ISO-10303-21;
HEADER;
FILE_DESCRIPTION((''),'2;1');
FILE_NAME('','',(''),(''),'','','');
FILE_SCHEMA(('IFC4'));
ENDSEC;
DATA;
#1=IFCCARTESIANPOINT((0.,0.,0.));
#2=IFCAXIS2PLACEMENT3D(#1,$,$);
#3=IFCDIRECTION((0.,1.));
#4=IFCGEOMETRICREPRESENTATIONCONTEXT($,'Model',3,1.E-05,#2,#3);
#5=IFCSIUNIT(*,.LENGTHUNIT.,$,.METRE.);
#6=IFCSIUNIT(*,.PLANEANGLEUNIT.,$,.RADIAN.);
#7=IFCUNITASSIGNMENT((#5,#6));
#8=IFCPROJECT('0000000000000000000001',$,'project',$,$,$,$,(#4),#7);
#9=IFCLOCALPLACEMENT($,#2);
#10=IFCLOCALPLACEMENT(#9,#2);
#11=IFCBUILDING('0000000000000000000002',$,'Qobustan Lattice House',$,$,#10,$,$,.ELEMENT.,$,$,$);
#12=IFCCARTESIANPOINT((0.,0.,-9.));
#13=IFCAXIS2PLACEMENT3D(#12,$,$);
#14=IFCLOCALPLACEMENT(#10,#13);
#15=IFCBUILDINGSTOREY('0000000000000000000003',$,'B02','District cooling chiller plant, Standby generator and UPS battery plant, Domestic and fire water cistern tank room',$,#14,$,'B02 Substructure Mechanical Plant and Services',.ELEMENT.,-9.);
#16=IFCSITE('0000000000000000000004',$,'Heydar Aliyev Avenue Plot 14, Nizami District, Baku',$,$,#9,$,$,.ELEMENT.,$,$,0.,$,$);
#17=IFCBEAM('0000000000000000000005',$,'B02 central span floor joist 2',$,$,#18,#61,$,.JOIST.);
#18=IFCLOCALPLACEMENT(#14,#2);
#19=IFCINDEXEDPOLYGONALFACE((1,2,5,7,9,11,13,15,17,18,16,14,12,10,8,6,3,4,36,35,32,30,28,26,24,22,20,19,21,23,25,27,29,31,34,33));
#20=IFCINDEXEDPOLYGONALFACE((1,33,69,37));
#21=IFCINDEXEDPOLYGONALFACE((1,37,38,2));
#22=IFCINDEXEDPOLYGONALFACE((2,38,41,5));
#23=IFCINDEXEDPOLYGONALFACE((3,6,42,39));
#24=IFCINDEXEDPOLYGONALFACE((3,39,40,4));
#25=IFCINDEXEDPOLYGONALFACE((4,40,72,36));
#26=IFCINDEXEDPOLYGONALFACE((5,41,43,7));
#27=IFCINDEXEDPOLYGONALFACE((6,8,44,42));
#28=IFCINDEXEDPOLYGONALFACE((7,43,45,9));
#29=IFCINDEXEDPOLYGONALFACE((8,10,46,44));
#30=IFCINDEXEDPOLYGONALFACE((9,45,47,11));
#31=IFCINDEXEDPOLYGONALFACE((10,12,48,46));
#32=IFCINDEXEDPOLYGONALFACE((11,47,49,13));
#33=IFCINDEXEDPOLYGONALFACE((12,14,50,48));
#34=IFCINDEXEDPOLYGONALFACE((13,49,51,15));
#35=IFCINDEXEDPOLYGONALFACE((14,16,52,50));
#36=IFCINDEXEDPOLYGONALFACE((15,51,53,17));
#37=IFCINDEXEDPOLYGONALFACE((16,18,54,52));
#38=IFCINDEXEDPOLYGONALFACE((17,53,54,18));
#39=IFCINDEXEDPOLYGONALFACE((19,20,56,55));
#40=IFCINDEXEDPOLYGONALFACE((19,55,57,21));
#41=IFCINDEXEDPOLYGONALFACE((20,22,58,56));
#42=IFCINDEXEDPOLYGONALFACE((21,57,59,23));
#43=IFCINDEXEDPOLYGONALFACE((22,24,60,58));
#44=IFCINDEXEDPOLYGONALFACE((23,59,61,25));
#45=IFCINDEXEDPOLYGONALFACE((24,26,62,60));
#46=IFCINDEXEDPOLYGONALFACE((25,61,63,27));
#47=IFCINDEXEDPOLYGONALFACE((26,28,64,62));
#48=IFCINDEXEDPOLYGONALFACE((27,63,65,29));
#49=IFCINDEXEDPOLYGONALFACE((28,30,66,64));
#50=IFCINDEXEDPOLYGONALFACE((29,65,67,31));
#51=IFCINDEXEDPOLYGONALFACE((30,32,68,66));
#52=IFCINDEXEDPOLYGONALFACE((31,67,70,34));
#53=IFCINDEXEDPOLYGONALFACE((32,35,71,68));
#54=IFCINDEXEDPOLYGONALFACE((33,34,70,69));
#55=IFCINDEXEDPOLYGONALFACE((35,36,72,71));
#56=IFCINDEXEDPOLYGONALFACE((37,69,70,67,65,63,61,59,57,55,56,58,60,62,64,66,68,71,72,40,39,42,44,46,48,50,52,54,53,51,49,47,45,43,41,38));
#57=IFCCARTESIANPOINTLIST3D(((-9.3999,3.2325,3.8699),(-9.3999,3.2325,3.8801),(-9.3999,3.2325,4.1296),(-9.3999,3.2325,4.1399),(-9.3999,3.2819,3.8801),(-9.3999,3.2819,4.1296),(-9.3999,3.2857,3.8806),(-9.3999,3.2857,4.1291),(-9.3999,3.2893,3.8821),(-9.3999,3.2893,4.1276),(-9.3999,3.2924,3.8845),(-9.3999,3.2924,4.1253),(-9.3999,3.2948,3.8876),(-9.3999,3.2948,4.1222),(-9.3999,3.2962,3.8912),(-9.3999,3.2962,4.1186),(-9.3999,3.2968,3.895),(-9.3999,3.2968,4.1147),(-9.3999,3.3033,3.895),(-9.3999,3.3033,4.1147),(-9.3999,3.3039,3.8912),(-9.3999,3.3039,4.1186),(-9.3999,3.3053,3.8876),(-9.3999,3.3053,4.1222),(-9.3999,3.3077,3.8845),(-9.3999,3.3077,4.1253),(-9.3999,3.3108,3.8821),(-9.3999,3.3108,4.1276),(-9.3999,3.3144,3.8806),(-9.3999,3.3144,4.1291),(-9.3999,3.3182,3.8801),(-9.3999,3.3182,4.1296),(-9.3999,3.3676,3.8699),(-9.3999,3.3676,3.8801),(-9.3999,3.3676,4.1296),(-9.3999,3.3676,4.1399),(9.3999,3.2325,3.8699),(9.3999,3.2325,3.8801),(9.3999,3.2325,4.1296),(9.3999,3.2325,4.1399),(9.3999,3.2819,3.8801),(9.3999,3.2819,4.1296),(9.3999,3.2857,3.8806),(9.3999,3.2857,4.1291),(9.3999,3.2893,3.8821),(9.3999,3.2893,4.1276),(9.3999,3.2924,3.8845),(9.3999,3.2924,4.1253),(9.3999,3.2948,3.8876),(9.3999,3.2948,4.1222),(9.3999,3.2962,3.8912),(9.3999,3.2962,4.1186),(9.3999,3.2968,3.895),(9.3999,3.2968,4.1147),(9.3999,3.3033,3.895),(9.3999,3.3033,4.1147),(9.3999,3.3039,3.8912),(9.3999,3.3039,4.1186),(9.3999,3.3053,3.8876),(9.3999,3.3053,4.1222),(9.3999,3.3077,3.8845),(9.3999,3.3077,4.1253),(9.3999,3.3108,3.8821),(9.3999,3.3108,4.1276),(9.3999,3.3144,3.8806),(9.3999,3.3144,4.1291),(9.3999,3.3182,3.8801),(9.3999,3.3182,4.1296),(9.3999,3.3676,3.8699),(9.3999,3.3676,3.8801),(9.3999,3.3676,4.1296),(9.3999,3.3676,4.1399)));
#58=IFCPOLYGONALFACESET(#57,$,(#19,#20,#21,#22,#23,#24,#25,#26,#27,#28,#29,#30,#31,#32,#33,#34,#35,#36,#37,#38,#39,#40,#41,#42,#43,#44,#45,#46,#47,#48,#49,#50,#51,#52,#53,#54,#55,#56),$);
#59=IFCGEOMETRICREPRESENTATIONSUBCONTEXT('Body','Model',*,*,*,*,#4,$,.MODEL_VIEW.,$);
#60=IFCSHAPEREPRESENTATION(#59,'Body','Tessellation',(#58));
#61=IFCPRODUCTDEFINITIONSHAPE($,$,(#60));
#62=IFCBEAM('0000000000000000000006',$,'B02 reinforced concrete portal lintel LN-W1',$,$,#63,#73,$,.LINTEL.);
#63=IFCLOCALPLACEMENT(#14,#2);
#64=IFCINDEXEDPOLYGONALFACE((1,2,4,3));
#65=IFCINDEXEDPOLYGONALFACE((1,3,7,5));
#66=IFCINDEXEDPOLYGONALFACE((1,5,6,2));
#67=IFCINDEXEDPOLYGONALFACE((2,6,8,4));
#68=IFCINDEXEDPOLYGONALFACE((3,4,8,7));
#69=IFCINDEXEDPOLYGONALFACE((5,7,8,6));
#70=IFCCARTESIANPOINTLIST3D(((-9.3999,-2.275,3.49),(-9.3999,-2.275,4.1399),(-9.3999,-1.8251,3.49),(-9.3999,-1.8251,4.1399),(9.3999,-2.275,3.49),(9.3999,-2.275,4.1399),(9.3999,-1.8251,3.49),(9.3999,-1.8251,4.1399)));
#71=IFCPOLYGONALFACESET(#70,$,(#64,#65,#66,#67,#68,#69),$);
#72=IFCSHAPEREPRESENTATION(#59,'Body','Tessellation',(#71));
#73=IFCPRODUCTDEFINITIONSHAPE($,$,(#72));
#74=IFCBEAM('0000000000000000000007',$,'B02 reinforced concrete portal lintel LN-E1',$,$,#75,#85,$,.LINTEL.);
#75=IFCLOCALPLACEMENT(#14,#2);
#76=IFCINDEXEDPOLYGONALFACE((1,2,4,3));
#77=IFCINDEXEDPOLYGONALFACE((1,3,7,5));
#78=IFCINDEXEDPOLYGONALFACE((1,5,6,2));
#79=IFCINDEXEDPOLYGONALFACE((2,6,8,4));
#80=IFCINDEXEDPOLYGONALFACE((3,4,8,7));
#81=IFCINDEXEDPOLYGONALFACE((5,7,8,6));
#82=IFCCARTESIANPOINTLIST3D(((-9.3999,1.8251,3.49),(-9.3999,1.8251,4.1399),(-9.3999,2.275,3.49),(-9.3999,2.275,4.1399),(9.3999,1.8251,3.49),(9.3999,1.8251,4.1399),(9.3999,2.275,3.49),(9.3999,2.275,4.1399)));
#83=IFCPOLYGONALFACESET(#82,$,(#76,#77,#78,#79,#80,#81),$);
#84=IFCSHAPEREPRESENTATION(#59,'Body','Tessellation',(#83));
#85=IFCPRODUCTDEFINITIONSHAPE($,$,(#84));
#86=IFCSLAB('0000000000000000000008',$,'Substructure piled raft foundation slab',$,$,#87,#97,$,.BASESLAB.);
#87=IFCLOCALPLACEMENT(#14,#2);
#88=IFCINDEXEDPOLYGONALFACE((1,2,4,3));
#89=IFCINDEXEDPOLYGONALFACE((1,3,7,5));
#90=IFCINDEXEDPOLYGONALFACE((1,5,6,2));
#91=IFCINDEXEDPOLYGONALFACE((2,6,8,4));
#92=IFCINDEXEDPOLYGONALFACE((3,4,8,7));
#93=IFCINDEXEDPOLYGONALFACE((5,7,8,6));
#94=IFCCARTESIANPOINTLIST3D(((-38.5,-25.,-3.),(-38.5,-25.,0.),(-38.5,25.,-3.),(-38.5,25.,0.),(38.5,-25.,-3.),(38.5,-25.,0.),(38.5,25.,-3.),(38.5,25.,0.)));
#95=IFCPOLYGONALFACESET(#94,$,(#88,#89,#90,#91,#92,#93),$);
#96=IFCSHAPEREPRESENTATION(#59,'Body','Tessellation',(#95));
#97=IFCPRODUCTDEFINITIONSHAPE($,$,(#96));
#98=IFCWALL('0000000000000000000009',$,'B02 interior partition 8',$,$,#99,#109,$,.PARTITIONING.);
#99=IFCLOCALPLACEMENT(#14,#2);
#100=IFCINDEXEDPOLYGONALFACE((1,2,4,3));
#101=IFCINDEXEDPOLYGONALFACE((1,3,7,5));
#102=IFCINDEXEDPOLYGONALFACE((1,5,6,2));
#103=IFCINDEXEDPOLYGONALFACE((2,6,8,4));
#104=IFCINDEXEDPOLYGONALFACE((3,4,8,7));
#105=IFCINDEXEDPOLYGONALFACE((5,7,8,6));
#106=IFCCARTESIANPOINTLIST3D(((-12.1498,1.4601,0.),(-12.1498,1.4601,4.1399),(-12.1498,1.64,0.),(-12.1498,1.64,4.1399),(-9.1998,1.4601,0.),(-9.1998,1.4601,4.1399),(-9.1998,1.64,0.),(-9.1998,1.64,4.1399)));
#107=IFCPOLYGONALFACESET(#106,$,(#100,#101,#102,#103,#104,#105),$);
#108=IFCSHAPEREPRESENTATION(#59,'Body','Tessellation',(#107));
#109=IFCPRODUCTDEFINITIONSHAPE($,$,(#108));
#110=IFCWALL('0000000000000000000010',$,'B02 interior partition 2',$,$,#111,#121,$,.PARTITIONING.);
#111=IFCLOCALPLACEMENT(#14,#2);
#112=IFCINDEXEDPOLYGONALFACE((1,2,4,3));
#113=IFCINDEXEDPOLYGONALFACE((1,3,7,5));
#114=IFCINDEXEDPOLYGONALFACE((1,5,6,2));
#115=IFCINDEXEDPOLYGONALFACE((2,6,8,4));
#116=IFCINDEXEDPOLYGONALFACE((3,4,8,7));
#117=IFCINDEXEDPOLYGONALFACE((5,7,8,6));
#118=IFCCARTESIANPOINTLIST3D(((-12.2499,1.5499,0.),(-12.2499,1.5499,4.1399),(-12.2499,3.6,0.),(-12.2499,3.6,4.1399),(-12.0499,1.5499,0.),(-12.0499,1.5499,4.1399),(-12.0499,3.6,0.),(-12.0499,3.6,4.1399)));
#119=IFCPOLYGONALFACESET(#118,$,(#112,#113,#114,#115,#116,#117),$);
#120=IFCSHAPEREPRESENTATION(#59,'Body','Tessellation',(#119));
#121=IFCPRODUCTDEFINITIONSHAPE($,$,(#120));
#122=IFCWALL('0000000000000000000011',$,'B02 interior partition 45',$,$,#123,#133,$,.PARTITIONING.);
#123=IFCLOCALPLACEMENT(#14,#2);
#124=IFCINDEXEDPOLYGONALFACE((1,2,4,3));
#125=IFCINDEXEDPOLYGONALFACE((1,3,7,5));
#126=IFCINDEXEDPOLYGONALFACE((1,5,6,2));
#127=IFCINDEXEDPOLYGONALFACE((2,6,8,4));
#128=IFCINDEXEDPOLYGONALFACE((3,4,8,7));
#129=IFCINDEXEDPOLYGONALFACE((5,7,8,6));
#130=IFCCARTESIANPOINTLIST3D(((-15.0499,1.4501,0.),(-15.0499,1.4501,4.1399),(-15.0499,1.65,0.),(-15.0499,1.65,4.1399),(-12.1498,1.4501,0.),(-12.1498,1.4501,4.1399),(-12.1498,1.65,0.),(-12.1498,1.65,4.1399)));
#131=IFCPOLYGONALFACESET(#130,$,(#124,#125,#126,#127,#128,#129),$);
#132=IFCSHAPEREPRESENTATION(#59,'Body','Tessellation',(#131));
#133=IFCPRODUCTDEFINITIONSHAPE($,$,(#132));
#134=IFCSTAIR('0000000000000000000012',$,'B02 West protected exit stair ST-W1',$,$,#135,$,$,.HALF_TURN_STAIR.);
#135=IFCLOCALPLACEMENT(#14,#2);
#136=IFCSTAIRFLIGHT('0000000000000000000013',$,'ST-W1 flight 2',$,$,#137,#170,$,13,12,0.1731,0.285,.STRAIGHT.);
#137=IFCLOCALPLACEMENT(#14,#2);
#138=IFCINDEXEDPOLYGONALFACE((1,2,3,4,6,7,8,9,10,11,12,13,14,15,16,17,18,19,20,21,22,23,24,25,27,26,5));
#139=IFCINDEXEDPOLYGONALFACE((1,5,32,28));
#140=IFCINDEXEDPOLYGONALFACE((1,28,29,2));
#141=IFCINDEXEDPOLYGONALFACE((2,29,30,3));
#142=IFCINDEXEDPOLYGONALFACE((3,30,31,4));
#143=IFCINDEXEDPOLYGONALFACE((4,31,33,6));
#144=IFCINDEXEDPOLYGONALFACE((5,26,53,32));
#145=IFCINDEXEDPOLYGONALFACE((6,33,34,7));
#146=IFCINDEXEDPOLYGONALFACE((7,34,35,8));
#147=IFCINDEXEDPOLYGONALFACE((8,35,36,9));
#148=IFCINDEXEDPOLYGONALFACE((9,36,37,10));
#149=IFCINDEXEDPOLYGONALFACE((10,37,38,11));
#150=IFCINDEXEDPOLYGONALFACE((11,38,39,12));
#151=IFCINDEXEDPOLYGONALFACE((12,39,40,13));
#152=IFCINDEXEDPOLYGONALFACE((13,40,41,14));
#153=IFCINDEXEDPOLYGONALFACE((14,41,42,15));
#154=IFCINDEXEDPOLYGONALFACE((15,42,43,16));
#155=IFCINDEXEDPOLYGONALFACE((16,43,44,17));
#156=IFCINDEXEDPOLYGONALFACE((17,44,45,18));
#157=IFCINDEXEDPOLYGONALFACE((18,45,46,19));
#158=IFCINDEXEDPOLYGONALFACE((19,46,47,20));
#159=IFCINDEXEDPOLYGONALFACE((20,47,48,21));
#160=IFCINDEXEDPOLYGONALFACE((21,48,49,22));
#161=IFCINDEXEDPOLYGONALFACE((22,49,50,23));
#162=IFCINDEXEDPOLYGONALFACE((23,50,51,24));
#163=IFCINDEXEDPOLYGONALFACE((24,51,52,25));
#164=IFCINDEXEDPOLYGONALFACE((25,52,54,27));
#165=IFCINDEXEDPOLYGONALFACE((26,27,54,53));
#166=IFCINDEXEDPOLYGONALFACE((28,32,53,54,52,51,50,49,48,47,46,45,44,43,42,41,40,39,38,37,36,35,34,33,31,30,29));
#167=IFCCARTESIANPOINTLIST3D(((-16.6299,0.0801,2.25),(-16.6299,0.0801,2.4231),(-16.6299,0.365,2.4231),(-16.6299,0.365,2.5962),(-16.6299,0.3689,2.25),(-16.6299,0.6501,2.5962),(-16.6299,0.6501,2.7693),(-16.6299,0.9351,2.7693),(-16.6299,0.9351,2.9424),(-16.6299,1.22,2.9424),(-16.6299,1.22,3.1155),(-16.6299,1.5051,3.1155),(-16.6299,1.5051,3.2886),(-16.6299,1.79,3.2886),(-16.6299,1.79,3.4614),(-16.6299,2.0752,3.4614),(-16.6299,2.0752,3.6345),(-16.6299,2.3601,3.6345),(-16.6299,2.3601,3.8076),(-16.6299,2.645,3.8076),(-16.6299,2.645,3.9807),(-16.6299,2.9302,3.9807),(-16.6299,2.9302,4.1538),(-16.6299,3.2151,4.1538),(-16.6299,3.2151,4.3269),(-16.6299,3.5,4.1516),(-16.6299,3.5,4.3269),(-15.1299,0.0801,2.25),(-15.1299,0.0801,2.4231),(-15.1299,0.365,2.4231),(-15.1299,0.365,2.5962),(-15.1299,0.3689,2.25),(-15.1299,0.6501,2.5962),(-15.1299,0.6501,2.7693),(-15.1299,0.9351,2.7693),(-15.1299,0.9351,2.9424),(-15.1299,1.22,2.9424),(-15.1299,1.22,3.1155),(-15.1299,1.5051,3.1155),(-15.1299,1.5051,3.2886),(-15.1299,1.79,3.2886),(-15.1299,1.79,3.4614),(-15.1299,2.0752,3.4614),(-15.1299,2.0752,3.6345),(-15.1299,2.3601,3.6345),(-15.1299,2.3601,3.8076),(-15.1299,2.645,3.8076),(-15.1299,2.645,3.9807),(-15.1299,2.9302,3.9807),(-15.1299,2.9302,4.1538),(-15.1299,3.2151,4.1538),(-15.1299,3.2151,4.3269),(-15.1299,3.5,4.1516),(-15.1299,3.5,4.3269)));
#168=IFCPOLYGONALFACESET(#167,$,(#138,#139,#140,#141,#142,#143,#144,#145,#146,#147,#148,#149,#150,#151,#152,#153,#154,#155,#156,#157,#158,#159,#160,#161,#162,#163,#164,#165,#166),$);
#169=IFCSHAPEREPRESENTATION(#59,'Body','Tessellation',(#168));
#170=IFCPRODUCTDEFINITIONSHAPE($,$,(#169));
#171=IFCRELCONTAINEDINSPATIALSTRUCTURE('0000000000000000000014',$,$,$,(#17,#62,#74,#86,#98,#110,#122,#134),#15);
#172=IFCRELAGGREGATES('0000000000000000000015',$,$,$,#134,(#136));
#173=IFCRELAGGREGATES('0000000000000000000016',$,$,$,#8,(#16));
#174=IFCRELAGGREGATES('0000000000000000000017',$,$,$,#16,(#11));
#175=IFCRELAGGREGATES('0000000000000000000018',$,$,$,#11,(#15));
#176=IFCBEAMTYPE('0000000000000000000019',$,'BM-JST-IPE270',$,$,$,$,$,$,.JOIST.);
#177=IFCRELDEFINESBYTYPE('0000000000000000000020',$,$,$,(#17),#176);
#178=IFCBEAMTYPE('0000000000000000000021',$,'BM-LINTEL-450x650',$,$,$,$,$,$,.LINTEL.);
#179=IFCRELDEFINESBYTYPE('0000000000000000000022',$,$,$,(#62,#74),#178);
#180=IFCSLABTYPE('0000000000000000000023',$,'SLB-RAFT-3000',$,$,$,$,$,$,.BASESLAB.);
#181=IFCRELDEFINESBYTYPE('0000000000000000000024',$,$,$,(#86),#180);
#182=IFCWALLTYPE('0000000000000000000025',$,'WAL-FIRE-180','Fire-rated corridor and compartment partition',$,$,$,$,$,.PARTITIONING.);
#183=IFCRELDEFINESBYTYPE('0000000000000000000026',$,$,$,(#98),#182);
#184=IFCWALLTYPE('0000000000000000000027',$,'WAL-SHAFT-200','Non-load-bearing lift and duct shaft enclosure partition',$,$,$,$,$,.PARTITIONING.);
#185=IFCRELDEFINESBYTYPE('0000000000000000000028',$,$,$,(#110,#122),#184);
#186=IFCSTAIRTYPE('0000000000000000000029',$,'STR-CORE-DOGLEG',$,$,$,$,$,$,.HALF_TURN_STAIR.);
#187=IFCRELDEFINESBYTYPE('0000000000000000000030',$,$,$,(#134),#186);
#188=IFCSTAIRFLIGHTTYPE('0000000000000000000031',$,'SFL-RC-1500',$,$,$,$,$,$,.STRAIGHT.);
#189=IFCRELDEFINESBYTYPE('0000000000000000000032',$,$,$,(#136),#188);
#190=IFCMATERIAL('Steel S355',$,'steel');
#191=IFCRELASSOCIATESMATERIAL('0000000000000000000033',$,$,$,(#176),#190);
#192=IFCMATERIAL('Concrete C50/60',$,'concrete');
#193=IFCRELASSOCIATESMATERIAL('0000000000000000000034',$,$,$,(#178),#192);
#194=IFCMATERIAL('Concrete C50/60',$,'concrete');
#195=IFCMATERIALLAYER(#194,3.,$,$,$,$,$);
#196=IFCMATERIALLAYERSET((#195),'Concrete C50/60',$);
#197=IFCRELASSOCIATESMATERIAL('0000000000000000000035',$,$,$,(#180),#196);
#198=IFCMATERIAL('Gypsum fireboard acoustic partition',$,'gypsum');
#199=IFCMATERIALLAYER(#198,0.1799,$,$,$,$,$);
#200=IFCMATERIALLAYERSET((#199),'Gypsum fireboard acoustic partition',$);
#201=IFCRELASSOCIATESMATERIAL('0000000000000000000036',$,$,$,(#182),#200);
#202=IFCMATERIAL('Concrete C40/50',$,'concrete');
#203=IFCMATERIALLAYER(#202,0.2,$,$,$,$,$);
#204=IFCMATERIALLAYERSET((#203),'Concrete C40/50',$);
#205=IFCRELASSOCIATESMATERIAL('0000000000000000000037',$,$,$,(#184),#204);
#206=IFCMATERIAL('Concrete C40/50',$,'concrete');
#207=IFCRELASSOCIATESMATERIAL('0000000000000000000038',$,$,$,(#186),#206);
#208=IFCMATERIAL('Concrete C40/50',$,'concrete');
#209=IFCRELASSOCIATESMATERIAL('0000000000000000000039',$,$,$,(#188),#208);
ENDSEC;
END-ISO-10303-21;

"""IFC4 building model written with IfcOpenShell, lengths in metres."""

from ifc_helpers import new_model, si_unit, direction, frame, frame_2d, origin, origin_2d, place, context, subcontext, project, spatial, polyline, rectangle, i_section, outline, extrude, material, layer, layer_set, material_profile, profile_set, type_object, element, aggregate, save


model = new_model("IFC4")

# Units and contexts
model_context = context("Model", 3, precision=1e-05, world=origin(), true_north=direction((0.0, 1.0)))
body_context = subcontext(model_context, "Body", "Model", "MODEL_VIEW")
ifc_project = project(units=[si_unit("LENGTHUNIT", "METRE"), si_unit("PLANEANGLEUNIT", "RADIAN")], contexts=[model_context])

# Site, building, storey
site_placement = place(None, origin())
site = spatial("IfcSite", under=ifc_project, at=site_placement, Name="Heydar Aliyev Avenue Plot 14, Nizami District, Baku", CompositionType="ELEMENT", RefElevation=0.0)
building_placement = place(site_placement, origin())
building = spatial("IfcBuilding", under=site, at=building_placement, Name="Qobustan Lattice House", CompositionType="ELEMENT")
storey_placement = place(building_placement, frame((0.0, 0.0, -9.0)))
storey = spatial("IfcBuildingStorey", under=building, at=storey_placement, Name="B02", Description="District cooling chiller plant, Standby generator and UPS battery plant, Domestic and fire water cistern tank room", LongName="B02 Substructure Mechanical Plant and Services", CompositionType="ELEMENT", Elevation=-9.0)

# Beams
ifc_material_1 = material(Name="Steel S355", Category="steel")
ifc_material_profile_1 = material_profile(ifc_material_1, i_section(OverallWidth=0.135, OverallDepth=0.27, WebThickness=0.0066, FlangeThickness=0.0103, FilletRadius=0.0149, at=origin_2d()), Name="IPE270")
ifc_profile_set_1 = profile_set([ifc_material_profile_1], Name="Steel S355")
beam_type_1 = type_object("IfcBeamType", Name="BM-JST-IPE270", PredefinedType="JOIST", material=ifc_profile_set_1)
beam_placement = place(storey_placement, frame((-9.3999, 3.3, 4.0049), z_axis=(1.0, 0.0, 0.0), x_axis=(0.0, 1.0, 0.0)))
element("IfcBeam", 1, at=beam_placement, inside=storey, type_object=beam_type_1, Name="B02 central span floor joist 2", PredefinedType="JOIST", context=body_context, shape_type="SweptSolid", body=[
    extrude(i_section(OverallWidth=0.135, OverallDepth=0.27, WebThickness=0.0066, FlangeThickness=0.0103, FilletRadius=0.0149, at=origin_2d()), origin(), (0.0, 0.0, 1.0), 18.7998),
])
ifc_material_2 = material(Name="Concrete C50/60", Category="concrete")
ifc_material_profile_2 = material_profile(ifc_material_2, rectangle(XDim=0.45, YDim=0.6499, at=origin_2d()), Name="RC450x650")
ifc_profile_set_2 = profile_set([ifc_material_profile_2], Name="Concrete C50/60")
beam_type_2 = type_object("IfcBeamType", Name="BM-LINTEL-450x650", PredefinedType="LINTEL", material=ifc_profile_set_2)
for number, where, z_axis, x_axis, name in (
    (2, (-9.3999, -2.05, 3.8149), (1.0, 0.0, 0.0), (0.0, 1.0, 0.0), "B02 reinforced concrete portal lintel LN-W1"),
    (3, (-9.3999, 2.05, 3.8149), (1.0, 0.0, 0.0), (0.0, 1.0, 0.0), "B02 reinforced concrete portal lintel LN-E1"),
):
    element("IfcBeam", number, at=place(storey_placement, frame(where, z_axis=z_axis, x_axis=x_axis)), inside=storey, type_object=beam_type_2, Name=name, PredefinedType="LINTEL", context=body_context, shape_type="SweptSolid", body=[
        extrude(rectangle(XDim=0.45, YDim=0.6499, at=origin_2d()), origin(), (0.0, 0.0, 1.0), 18.7998),
    ])

# Slab
ifc_material_3 = material(Name="Concrete C50/60", Category="concrete")
ifc_layer_1 = layer(ifc_material_3, 3.0)
ifc_layer_set_1 = layer_set([ifc_layer_1], Name="Concrete C50/60")
slab_type = type_object("IfcSlabType", Name="SLB-RAFT-3000", PredefinedType="BASESLAB", material=ifc_layer_set_1)
slab_placement = place(storey_placement, frame((0.0, 0.0, -3.0)))
element("IfcSlab", 4, at=slab_placement, inside=storey, type_object=slab_type, Name="Substructure piled raft foundation slab", PredefinedType="BASESLAB", context=body_context, shape_type="SweptSolid", body=[
    extrude(outline(polyline([(-38.5, -25.0), (38.5, -25.0), (38.5, 25.0), (-38.5, 25.0), (-38.5, -25.0)])), origin(), (0.0, 0.0, 1.0), 3.0),
])

# Walls
ifc_material_4 = material(Name="Gypsum fireboard acoustic partition", Category="gypsum")
ifc_layer_2 = layer(ifc_material_4, 0.1799)
ifc_layer_set_2 = layer_set([ifc_layer_2], Name="Gypsum fireboard acoustic partition")
wall_type_1 = type_object("IfcWallType", Name="WAL-FIRE-180", Description="Fire-rated corridor and compartment partition", PredefinedType="PARTITIONING", material=ifc_layer_set_2)
wall_1_placement = place(storey_placement, frame((-12.1499, 1.55, 0.0), z_axis=(0.0, 0.0, 1.0), x_axis=(1.0, 0.0, 0.0)))
element("IfcWall", 5, at=wall_1_placement, inside=storey, type_object=wall_type_1, Name="B02 interior partition 8", PredefinedType="PARTITIONING", context=body_context, shape_type="SweptSolid", body=[
    extrude(rectangle(XDim=2.95, YDim=0.1799, at=frame_2d((1.4751, 0.0))), origin(), (0.0, 0.0, 1.0), 4.1399),
])
ifc_material_5 = material(Name="Concrete C40/50", Category="concrete")
ifc_layer_3 = layer(ifc_material_5, 0.2)
ifc_layer_set_3 = layer_set([ifc_layer_3], Name="Concrete C40/50")
wall_type_2 = type_object("IfcWallType", Name="WAL-SHAFT-200", Description="Non-load-bearing lift and duct shaft enclosure partition", PredefinedType="PARTITIONING", material=ifc_layer_set_3)
wall_2_placement = place(storey_placement, frame((-12.1499, 1.55, 0.0), z_axis=(0.0, 0.0, 1.0), x_axis=(0.0, 1.0, 0.0)))
element("IfcWall", 6, at=wall_2_placement, inside=storey, type_object=wall_type_2, Name="B02 interior partition 2", PredefinedType="PARTITIONING", context=body_context, shape_type="SweptSolid", body=[
    extrude(rectangle(XDim=2.05, YDim=0.2, at=frame_2d((1.0249, 0.0))), origin(), (0.0, 0.0, 1.0), 4.1399),
])
wall_3_placement = place(storey_placement, frame((-15.05, 1.55, 0.0), z_axis=(0.0, 0.0, 1.0), x_axis=(1.0, 0.0, 0.0)))
element("IfcWall", 7, at=wall_3_placement, inside=storey, type_object=wall_type_2, Name="B02 interior partition 45", PredefinedType="PARTITIONING", context=body_context, shape_type="SweptSolid", body=[
    extrude(rectangle(XDim=2.9001, YDim=0.2, at=frame_2d((1.4502, 0.0))), origin(), (0.0, 0.0, 1.0), 4.1399),
])

# Stair, stair flight
ifc_material_6 = material(Name="Concrete C40/50", Category="concrete")
stair_type = type_object("IfcStairType", Name="STR-CORE-DOGLEG", PredefinedType="HALF_TURN_STAIR", material=ifc_material_6)
stair_placement = place(storey_placement, origin())
stair = element("IfcStair", 8, at=stair_placement, inside=storey, type_object=stair_type, Name="B02 West protected exit stair ST-W1", PredefinedType="HALF_TURN_STAIR")
ifc_material_7 = material(Name="Concrete C40/50", Category="concrete")
stair_flight_type = type_object("IfcStairFlightType", Name="SFL-RC-1500", PredefinedType="STRAIGHT", material=ifc_material_7)
stair_flight_placement = place(storey_placement, frame((-15.8799, 0.0801, 2.25), z_axis=(0.0, 0.0, 1.0), x_axis=(0.0, 1.0, 0.0)))
stair_flight = element("IfcStairFlight", 9, at=stair_flight_placement, type_object=stair_flight_type, Name="ST-W1 flight 2", NumberOfRisers=13, NumberOfTreads=12, PredefinedType="STRAIGHT", RiserHeight=0.1731, TreadLength=0.285, context=body_context, shape_type="SweptSolid", body=[
    extrude(outline(polyline([(0.0, 0.0), (0.0, 0.1731), (0.2849, 0.1731), (0.2849, 0.3462), (0.5701, 0.3462), (0.5701, 0.5193), (0.855, 0.5193), (0.855, 0.6924), (1.1399, 0.6924), (1.1399, 0.8655), (1.425, 0.8655), (1.425, 1.0386), (1.71, 1.0386), (1.71, 1.2114), (1.9951, 1.2114), (1.9951, 1.3845), (2.28, 1.3845), (2.28, 1.5576), (2.5649, 1.5576), (2.5649, 1.7307), (2.8501, 1.7307), (2.8501, 1.9038), (3.135, 1.9038), (3.135, 2.0769), (3.4199, 2.0769), (3.4199, 2.25), (3.4199, 1.9016), (0.2888, 0.0), (0.0, 0.0)])), frame((0.0, 0.75, 0.0), z_axis=(0.0, -1.0, 0.0), x_axis=(1.0, 0.0, 0.0)), (0.0, 0.0, 1.0), 1.5),
])
aggregate(stair, [stair_flight])

save(model, "model.ifc")
